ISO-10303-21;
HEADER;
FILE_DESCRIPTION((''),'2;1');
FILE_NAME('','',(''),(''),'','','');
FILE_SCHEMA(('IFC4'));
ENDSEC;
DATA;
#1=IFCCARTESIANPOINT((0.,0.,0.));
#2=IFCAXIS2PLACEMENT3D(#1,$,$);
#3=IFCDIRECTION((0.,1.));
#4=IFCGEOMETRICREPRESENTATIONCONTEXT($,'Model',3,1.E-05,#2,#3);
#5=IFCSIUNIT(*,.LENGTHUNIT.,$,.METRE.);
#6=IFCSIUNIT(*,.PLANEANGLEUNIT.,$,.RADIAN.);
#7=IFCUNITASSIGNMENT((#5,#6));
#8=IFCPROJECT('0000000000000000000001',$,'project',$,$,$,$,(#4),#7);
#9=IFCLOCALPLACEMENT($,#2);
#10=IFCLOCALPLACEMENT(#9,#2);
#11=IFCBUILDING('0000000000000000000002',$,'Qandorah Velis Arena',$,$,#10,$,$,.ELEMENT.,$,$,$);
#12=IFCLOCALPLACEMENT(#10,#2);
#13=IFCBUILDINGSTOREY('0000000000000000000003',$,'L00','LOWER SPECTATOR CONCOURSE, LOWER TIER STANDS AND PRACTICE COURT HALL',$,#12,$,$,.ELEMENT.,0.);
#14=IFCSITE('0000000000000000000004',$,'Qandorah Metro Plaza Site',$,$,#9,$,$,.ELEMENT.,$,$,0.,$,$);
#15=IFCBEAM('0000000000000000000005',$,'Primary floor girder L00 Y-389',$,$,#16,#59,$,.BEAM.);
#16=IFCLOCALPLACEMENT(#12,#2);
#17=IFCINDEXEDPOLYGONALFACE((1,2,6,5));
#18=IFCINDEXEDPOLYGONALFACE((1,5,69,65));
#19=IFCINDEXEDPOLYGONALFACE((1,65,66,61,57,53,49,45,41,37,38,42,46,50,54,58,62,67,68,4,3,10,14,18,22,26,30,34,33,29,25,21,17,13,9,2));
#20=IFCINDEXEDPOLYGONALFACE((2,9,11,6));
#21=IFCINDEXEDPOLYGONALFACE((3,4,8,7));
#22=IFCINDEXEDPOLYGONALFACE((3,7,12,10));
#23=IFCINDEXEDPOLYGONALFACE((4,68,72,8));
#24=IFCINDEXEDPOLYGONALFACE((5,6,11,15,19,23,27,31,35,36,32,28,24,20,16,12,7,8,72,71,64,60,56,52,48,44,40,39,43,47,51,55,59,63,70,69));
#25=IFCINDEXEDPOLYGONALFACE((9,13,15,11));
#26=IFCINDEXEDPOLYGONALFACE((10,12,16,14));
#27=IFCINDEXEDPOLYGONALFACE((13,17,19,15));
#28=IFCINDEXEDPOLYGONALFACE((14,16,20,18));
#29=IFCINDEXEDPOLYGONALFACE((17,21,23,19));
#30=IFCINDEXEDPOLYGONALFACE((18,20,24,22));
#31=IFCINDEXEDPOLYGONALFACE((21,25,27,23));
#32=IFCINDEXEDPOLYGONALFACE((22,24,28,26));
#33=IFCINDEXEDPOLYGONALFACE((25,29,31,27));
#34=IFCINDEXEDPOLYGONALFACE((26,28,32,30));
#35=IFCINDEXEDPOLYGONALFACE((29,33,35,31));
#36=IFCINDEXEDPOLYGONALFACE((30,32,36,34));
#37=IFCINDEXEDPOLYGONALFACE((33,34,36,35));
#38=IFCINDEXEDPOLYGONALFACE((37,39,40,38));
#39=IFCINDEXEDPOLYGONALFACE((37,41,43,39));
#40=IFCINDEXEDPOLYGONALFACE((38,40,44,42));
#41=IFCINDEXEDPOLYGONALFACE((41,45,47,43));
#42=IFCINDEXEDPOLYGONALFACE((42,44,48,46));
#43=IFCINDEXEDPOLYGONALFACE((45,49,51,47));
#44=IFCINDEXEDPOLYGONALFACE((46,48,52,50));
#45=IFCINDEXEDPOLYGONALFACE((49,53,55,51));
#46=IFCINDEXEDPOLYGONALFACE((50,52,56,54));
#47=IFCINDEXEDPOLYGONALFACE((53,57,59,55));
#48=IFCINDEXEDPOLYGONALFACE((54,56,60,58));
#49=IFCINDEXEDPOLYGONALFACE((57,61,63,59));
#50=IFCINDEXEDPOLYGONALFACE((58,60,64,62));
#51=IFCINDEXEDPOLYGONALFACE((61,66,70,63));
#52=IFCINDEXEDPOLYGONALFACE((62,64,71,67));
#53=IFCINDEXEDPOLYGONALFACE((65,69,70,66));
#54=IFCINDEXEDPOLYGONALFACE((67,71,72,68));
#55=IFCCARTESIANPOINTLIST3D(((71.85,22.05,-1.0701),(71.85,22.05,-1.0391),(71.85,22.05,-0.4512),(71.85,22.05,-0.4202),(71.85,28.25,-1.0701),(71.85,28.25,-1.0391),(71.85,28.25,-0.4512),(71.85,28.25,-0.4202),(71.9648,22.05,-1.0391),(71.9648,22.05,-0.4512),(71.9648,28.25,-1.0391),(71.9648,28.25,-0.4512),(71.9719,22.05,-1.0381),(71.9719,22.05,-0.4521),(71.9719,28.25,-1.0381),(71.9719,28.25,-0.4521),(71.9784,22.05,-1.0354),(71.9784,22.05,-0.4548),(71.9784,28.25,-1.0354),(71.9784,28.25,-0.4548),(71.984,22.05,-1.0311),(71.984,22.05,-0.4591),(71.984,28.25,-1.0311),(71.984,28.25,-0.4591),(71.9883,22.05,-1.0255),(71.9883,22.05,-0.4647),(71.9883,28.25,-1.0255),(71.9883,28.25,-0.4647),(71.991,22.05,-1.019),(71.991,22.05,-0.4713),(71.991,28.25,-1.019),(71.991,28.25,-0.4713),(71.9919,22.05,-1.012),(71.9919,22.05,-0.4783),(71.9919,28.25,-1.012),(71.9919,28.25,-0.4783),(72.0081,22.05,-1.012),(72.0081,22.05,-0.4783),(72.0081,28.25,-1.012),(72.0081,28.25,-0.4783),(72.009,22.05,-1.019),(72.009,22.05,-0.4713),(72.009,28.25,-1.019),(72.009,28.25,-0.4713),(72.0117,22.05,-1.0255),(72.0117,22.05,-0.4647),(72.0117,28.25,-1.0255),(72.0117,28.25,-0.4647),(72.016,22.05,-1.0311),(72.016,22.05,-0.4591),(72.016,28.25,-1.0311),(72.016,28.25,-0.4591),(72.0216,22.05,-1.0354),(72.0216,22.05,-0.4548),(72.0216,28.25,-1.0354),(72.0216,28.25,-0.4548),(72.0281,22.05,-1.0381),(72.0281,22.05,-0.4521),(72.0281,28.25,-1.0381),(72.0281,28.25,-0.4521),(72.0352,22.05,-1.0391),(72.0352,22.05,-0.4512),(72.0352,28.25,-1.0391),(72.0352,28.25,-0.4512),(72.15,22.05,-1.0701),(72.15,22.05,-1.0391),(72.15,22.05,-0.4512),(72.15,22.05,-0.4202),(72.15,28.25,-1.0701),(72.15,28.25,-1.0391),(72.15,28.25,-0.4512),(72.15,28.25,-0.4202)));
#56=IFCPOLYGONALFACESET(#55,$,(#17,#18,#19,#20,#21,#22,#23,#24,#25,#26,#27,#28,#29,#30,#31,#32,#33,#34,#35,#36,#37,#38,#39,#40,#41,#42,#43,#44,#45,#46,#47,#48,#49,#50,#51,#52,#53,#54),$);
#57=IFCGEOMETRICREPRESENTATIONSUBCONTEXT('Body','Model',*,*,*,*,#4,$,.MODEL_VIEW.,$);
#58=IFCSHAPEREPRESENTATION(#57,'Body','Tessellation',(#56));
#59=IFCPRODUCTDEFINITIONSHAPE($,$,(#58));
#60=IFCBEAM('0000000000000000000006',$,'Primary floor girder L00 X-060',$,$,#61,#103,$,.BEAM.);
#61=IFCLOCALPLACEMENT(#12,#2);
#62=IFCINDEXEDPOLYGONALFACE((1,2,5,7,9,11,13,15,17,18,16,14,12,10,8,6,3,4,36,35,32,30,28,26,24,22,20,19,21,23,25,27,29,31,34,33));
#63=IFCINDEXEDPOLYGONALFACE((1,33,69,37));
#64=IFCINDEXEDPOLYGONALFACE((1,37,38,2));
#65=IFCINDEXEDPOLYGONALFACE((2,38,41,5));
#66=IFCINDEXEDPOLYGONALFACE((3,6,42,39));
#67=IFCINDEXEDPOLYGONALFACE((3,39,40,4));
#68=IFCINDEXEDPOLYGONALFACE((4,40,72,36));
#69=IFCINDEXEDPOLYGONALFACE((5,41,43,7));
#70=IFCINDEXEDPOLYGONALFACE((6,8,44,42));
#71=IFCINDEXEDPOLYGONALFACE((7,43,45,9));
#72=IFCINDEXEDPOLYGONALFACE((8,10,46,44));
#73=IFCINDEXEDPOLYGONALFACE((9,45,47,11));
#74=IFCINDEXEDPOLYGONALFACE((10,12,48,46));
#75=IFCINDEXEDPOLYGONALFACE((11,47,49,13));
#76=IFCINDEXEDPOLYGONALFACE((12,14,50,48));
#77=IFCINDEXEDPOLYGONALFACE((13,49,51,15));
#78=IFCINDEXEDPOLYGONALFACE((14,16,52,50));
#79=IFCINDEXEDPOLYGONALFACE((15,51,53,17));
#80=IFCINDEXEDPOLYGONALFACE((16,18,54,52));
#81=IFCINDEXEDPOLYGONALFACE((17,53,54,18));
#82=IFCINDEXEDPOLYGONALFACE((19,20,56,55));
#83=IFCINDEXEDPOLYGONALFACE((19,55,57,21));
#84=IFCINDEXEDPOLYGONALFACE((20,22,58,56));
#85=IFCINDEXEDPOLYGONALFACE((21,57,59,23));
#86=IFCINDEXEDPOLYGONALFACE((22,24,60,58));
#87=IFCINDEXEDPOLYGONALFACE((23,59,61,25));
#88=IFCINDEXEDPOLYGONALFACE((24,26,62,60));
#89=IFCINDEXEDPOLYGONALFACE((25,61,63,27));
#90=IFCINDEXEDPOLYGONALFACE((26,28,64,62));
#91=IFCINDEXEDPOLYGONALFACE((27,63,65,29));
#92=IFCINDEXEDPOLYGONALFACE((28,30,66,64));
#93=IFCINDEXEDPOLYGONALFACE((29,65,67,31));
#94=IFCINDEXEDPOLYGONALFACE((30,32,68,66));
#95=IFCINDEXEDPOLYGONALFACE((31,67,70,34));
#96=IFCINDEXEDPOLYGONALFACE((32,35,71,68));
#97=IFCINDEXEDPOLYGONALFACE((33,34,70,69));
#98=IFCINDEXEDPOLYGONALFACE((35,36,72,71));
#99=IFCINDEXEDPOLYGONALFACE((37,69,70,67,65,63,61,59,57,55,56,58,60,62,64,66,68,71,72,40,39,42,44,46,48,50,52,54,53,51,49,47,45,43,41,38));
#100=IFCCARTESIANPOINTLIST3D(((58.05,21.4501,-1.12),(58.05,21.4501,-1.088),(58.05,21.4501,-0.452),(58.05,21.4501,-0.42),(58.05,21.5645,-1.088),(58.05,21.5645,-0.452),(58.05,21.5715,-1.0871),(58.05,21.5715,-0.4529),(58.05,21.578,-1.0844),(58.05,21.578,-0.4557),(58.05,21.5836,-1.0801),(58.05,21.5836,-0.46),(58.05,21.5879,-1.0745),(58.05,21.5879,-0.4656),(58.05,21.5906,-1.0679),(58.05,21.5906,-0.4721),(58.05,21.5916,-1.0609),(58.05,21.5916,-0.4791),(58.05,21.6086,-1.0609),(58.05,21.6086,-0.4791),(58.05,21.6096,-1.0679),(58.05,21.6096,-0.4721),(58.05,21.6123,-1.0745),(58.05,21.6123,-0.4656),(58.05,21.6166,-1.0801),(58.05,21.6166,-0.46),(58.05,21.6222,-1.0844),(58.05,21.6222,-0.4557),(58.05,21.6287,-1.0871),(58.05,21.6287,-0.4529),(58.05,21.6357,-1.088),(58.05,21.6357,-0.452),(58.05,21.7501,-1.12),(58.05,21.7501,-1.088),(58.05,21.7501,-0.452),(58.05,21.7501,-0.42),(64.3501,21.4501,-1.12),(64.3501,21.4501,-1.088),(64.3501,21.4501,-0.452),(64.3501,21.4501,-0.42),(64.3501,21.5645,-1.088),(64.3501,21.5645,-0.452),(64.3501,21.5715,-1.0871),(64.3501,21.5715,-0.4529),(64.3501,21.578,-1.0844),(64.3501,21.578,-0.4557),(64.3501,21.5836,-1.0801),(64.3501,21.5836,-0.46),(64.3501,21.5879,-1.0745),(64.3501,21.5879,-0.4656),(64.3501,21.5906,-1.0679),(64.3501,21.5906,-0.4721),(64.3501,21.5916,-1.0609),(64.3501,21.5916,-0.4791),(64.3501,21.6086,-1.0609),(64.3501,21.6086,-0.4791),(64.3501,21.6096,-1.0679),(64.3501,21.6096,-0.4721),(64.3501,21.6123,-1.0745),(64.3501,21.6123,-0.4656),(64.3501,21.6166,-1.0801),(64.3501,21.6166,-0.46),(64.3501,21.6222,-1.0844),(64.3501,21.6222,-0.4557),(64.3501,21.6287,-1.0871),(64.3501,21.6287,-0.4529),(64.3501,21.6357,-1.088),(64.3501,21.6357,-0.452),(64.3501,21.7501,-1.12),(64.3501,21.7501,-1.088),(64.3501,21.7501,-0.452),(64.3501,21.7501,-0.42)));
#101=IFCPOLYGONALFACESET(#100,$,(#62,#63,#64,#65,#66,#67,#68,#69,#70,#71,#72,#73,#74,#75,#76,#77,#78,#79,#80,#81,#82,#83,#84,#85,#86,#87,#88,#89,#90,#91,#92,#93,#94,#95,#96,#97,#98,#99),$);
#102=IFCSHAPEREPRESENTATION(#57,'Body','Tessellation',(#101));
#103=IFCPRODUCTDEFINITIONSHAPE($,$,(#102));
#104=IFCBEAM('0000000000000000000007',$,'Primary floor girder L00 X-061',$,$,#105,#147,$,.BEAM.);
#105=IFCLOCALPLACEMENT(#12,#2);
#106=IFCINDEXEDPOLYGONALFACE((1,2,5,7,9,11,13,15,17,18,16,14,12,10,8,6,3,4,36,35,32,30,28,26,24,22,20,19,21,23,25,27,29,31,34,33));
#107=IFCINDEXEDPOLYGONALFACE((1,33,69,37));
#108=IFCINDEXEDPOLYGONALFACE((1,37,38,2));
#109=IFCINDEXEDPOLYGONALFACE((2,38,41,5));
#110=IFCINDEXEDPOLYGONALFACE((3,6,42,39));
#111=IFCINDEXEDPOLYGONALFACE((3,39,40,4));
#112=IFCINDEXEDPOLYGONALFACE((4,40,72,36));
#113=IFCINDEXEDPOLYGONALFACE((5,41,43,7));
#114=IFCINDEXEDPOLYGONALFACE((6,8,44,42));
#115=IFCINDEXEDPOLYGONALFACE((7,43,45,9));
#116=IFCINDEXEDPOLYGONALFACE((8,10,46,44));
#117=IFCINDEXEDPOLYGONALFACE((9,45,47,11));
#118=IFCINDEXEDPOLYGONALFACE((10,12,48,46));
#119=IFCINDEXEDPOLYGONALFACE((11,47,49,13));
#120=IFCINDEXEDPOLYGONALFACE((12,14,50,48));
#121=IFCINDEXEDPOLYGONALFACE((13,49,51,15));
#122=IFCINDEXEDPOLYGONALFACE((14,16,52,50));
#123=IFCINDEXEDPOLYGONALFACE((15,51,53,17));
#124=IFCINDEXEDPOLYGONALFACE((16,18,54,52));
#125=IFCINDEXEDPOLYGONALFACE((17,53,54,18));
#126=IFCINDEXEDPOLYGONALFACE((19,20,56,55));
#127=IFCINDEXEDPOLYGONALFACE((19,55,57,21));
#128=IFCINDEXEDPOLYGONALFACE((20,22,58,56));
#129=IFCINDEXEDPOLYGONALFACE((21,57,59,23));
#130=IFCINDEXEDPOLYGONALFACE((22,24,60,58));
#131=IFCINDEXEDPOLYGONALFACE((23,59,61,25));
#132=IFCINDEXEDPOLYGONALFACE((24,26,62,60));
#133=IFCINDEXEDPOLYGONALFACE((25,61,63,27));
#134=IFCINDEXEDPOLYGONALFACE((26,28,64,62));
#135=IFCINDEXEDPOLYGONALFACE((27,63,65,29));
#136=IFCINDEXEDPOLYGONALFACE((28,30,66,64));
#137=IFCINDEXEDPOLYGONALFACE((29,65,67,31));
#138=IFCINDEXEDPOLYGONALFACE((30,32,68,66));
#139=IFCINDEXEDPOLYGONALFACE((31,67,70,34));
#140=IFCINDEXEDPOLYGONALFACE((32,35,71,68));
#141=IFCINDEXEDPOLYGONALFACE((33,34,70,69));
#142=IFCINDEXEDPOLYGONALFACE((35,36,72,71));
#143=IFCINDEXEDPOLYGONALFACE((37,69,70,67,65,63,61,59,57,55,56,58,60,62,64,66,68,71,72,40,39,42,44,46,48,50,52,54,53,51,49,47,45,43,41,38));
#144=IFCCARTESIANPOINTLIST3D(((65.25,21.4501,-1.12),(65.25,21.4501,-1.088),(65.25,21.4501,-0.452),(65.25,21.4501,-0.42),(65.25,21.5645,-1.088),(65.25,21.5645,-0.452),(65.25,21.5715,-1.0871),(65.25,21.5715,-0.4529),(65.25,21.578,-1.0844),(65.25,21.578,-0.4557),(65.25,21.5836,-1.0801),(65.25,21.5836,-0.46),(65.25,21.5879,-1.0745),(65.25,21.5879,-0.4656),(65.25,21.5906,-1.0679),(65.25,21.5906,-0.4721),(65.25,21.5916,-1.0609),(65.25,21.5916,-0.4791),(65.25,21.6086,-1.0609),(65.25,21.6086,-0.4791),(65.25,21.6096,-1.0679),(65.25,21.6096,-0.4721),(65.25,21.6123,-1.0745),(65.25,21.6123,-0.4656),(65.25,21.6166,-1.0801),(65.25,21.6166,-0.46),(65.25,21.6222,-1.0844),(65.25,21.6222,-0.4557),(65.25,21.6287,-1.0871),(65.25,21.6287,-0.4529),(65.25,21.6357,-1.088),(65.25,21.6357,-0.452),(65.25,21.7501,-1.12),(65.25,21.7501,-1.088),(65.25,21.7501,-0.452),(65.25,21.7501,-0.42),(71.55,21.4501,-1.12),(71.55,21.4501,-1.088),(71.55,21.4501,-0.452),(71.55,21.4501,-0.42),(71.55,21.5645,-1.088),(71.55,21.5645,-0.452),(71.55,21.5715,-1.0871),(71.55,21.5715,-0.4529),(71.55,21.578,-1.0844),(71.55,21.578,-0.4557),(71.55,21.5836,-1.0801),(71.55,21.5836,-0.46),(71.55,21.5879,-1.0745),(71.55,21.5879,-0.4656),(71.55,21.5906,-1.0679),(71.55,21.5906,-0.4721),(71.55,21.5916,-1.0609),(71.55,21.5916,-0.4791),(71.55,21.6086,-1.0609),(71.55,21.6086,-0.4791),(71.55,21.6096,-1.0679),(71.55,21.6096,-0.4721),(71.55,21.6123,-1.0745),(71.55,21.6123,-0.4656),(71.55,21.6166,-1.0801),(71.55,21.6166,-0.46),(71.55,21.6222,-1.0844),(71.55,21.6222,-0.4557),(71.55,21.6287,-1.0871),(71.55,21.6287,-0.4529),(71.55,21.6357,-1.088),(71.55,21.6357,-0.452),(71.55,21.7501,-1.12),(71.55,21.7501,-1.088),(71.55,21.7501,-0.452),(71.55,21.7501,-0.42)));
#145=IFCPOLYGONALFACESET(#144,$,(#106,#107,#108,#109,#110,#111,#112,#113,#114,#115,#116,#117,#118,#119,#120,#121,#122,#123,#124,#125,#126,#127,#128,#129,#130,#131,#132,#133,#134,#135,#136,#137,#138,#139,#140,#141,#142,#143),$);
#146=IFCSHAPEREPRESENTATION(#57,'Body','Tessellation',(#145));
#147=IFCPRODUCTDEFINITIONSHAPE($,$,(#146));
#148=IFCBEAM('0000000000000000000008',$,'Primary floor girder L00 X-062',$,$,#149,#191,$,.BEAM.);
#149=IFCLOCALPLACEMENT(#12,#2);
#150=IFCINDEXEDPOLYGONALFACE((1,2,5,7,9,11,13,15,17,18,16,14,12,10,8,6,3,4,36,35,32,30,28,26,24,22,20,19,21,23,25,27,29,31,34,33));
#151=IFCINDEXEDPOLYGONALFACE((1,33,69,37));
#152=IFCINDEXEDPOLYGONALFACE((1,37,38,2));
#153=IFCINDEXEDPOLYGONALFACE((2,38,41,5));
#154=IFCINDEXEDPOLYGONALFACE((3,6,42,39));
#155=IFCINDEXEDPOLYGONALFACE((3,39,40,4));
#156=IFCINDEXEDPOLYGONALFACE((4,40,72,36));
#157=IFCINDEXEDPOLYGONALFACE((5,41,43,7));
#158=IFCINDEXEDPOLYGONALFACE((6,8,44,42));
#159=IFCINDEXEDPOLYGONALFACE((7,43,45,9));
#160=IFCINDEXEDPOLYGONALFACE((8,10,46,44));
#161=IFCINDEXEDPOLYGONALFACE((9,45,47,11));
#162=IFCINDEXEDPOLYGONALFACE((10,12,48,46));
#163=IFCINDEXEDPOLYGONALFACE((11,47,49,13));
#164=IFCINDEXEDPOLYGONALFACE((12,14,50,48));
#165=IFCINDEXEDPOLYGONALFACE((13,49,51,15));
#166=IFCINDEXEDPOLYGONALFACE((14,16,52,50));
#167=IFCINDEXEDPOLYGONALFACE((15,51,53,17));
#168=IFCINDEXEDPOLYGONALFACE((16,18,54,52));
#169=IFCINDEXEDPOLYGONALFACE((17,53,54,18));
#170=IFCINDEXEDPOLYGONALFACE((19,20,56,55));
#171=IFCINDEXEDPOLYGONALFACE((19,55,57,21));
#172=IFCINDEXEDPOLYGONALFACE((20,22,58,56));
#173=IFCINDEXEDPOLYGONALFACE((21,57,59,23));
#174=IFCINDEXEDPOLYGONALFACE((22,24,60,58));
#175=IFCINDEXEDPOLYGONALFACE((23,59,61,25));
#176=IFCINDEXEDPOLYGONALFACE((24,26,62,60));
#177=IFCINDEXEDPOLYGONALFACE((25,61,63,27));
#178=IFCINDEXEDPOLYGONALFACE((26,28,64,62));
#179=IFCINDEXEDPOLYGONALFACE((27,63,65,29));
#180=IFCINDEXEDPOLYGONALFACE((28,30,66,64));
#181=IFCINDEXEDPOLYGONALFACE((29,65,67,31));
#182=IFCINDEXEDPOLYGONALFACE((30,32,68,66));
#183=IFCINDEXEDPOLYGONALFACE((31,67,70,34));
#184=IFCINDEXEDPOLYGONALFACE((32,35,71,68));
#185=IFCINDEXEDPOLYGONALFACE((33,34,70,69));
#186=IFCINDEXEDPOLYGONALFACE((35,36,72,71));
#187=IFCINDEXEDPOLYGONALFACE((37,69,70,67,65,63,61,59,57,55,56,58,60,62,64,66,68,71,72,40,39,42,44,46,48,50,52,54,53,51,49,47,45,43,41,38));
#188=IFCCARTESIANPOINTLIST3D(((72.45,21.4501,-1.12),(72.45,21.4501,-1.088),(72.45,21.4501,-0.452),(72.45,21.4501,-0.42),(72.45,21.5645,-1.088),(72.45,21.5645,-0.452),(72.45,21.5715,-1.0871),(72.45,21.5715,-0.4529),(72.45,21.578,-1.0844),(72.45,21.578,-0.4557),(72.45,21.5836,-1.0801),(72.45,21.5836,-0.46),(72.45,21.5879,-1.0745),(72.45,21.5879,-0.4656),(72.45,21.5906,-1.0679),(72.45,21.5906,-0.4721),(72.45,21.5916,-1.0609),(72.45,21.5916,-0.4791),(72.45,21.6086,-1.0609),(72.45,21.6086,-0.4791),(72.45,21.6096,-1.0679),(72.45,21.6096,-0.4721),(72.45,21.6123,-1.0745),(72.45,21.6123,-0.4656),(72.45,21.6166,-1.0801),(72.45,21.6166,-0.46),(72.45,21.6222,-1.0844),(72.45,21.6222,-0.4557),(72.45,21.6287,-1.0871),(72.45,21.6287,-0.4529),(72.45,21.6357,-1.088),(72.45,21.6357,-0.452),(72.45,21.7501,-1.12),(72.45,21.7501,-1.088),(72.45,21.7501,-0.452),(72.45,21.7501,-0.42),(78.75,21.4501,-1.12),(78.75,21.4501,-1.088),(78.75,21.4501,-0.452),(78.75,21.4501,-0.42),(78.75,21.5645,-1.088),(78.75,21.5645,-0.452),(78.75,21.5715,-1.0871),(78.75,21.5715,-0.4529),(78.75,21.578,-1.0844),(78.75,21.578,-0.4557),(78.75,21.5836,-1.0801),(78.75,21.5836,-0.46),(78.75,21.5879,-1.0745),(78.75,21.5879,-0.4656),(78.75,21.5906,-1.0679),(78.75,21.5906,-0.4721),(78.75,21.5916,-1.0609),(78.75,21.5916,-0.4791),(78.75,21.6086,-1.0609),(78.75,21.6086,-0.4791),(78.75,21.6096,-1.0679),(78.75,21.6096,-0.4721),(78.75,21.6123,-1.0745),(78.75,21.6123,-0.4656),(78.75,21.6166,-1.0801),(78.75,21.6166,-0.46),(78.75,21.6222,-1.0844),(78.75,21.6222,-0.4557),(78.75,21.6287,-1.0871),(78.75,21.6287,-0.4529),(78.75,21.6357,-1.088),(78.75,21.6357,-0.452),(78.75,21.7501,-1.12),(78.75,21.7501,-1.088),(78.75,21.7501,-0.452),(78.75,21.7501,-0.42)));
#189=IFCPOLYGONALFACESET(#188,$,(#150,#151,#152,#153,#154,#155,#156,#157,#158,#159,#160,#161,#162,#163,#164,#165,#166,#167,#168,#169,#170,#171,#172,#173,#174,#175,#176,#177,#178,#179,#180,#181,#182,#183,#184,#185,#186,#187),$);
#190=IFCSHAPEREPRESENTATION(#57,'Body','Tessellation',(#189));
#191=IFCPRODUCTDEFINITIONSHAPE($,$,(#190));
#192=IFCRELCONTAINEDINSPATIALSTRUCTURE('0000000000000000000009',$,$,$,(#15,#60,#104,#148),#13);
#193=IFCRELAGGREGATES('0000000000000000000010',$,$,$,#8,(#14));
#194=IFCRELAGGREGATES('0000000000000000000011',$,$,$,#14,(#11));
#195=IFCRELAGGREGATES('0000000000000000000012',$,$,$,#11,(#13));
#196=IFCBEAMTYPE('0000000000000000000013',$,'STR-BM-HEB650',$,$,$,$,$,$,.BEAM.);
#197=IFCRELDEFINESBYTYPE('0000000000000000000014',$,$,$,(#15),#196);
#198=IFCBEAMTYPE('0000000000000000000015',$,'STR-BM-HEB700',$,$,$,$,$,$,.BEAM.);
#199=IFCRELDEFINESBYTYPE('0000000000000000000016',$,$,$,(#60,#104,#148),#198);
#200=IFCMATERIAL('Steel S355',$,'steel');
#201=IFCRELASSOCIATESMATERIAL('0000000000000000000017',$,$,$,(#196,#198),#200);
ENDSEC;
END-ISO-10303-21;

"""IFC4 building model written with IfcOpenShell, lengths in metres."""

from ifc_helpers import new_model, si_unit, direction, frame, origin, origin_2d, place, context, subcontext, project, spatial, i_section, extrude, material, material_profile, profile_set, type_object, element, save


model = new_model("IFC4")

# Units and contexts
model_context = context("Model", 3, precision=1e-05, world=origin(), true_north=direction((0.0, 1.0)))
body_context = subcontext(model_context, "Body", "Model", "MODEL_VIEW")
ifc_project = project(units=[si_unit("LENGTHUNIT", "METRE"), si_unit("PLANEANGLEUNIT", "RADIAN")], contexts=[model_context])

# Site, building, storey
site_placement = place(None, origin())
site = spatial("IfcSite", under=ifc_project, at=site_placement, Name="Qandorah Metro Plaza Site", CompositionType="ELEMENT", RefElevation=0.0)
building_placement = place(site_placement, origin())
building = spatial("IfcBuilding", under=site, at=building_placement, Name="Qandorah Velis Arena", CompositionType="ELEMENT")
storey_placement = place(building_placement, origin())
storey = spatial("IfcBuildingStorey", under=building, at=storey_placement, Name="L00", Description="LOWER SPECTATOR CONCOURSE, LOWER TIER STANDS AND PRACTICE COURT HALL", CompositionType="ELEMENT", Elevation=0.0)

# Beams
ifc_material_1 = material(Name="Steel S355", Category="steel")
ifc_material_profile_1 = material_profile(ifc_material_1, i_section(OverallWidth=0.3, OverallDepth=0.6499, WebThickness=0.0161, FlangeThickness=0.031, FilletRadius=0.0271, at=origin_2d()), Name="HEB 650")
ifc_profile_set_1 = profile_set([ifc_material_profile_1], Name="Steel S355")
beam_type_1 = type_object("IfcBeamType", Name="STR-BM-HEB650", PredefinedType="BEAM", material=ifc_profile_set_1)
for number, where, z_axis, x_axis, name in (
    (1, (72.0, 22.05, -0.7451), (0.0, 1.0, 0.0), (-1.0, 0.0, 0.0), "Primary floor girder L00 Y-389"),
):
    element("IfcBeam", number, at=place(storey_placement, frame(where, z_axis=z_axis, x_axis=x_axis)), inside=storey, type_object=beam_type_1, Name=name, PredefinedType="BEAM", context=body_context, shape_type="SweptSolid", body=[
        extrude(i_section(OverallWidth=0.3, OverallDepth=0.6499, WebThickness=0.0161, FlangeThickness=0.031, FilletRadius=0.0271, at=origin_2d()), origin(), (0.0, 0.0, 1.0), 6.2),
    ])
ifc_material_profile_2 = material_profile(ifc_material_1, i_section(OverallWidth=0.3, OverallDepth=0.7, WebThickness=0.0171, FlangeThickness=0.032, FilletRadius=0.0271, at=origin_2d()), Name="HEB 700")
ifc_profile_set_2 = profile_set([ifc_material_profile_2], Name="Steel S355")
beam_type_2 = type_object("IfcBeamType", Name="STR-BM-HEB700", PredefinedType="BEAM", material=ifc_profile_set_2)
for number, where, z_axis, x_axis, name in (
    (2, (58.05, 21.6001, -0.77), (1.0, 0.0, 0.0), (0.0, 1.0, 0.0), "Primary floor girder L00 X-060"),
    (3, (65.25, 21.6001, -0.77), (1.0, 0.0, 0.0), (0.0, 1.0, 0.0), "Primary floor girder L00 X-061"),
    (4, (72.45, 21.6001, -0.77), (1.0, 0.0, 0.0), (0.0, 1.0, 0.0), "Primary floor girder L00 X-062"),
):
    element("IfcBeam", number, at=place(storey_placement, frame(where, z_axis=z_axis, x_axis=x_axis)), inside=storey, type_object=beam_type_2, Name=name, PredefinedType="BEAM", context=body_context, shape_type="SweptSolid", body=[
        extrude(i_section(OverallWidth=0.3, OverallDepth=0.7, WebThickness=0.0171, FlangeThickness=0.032, FilletRadius=0.0271, at=origin_2d()), origin(), (0.0, 0.0, 1.0), 6.3),
    ])

save(model, "model.ifc")
